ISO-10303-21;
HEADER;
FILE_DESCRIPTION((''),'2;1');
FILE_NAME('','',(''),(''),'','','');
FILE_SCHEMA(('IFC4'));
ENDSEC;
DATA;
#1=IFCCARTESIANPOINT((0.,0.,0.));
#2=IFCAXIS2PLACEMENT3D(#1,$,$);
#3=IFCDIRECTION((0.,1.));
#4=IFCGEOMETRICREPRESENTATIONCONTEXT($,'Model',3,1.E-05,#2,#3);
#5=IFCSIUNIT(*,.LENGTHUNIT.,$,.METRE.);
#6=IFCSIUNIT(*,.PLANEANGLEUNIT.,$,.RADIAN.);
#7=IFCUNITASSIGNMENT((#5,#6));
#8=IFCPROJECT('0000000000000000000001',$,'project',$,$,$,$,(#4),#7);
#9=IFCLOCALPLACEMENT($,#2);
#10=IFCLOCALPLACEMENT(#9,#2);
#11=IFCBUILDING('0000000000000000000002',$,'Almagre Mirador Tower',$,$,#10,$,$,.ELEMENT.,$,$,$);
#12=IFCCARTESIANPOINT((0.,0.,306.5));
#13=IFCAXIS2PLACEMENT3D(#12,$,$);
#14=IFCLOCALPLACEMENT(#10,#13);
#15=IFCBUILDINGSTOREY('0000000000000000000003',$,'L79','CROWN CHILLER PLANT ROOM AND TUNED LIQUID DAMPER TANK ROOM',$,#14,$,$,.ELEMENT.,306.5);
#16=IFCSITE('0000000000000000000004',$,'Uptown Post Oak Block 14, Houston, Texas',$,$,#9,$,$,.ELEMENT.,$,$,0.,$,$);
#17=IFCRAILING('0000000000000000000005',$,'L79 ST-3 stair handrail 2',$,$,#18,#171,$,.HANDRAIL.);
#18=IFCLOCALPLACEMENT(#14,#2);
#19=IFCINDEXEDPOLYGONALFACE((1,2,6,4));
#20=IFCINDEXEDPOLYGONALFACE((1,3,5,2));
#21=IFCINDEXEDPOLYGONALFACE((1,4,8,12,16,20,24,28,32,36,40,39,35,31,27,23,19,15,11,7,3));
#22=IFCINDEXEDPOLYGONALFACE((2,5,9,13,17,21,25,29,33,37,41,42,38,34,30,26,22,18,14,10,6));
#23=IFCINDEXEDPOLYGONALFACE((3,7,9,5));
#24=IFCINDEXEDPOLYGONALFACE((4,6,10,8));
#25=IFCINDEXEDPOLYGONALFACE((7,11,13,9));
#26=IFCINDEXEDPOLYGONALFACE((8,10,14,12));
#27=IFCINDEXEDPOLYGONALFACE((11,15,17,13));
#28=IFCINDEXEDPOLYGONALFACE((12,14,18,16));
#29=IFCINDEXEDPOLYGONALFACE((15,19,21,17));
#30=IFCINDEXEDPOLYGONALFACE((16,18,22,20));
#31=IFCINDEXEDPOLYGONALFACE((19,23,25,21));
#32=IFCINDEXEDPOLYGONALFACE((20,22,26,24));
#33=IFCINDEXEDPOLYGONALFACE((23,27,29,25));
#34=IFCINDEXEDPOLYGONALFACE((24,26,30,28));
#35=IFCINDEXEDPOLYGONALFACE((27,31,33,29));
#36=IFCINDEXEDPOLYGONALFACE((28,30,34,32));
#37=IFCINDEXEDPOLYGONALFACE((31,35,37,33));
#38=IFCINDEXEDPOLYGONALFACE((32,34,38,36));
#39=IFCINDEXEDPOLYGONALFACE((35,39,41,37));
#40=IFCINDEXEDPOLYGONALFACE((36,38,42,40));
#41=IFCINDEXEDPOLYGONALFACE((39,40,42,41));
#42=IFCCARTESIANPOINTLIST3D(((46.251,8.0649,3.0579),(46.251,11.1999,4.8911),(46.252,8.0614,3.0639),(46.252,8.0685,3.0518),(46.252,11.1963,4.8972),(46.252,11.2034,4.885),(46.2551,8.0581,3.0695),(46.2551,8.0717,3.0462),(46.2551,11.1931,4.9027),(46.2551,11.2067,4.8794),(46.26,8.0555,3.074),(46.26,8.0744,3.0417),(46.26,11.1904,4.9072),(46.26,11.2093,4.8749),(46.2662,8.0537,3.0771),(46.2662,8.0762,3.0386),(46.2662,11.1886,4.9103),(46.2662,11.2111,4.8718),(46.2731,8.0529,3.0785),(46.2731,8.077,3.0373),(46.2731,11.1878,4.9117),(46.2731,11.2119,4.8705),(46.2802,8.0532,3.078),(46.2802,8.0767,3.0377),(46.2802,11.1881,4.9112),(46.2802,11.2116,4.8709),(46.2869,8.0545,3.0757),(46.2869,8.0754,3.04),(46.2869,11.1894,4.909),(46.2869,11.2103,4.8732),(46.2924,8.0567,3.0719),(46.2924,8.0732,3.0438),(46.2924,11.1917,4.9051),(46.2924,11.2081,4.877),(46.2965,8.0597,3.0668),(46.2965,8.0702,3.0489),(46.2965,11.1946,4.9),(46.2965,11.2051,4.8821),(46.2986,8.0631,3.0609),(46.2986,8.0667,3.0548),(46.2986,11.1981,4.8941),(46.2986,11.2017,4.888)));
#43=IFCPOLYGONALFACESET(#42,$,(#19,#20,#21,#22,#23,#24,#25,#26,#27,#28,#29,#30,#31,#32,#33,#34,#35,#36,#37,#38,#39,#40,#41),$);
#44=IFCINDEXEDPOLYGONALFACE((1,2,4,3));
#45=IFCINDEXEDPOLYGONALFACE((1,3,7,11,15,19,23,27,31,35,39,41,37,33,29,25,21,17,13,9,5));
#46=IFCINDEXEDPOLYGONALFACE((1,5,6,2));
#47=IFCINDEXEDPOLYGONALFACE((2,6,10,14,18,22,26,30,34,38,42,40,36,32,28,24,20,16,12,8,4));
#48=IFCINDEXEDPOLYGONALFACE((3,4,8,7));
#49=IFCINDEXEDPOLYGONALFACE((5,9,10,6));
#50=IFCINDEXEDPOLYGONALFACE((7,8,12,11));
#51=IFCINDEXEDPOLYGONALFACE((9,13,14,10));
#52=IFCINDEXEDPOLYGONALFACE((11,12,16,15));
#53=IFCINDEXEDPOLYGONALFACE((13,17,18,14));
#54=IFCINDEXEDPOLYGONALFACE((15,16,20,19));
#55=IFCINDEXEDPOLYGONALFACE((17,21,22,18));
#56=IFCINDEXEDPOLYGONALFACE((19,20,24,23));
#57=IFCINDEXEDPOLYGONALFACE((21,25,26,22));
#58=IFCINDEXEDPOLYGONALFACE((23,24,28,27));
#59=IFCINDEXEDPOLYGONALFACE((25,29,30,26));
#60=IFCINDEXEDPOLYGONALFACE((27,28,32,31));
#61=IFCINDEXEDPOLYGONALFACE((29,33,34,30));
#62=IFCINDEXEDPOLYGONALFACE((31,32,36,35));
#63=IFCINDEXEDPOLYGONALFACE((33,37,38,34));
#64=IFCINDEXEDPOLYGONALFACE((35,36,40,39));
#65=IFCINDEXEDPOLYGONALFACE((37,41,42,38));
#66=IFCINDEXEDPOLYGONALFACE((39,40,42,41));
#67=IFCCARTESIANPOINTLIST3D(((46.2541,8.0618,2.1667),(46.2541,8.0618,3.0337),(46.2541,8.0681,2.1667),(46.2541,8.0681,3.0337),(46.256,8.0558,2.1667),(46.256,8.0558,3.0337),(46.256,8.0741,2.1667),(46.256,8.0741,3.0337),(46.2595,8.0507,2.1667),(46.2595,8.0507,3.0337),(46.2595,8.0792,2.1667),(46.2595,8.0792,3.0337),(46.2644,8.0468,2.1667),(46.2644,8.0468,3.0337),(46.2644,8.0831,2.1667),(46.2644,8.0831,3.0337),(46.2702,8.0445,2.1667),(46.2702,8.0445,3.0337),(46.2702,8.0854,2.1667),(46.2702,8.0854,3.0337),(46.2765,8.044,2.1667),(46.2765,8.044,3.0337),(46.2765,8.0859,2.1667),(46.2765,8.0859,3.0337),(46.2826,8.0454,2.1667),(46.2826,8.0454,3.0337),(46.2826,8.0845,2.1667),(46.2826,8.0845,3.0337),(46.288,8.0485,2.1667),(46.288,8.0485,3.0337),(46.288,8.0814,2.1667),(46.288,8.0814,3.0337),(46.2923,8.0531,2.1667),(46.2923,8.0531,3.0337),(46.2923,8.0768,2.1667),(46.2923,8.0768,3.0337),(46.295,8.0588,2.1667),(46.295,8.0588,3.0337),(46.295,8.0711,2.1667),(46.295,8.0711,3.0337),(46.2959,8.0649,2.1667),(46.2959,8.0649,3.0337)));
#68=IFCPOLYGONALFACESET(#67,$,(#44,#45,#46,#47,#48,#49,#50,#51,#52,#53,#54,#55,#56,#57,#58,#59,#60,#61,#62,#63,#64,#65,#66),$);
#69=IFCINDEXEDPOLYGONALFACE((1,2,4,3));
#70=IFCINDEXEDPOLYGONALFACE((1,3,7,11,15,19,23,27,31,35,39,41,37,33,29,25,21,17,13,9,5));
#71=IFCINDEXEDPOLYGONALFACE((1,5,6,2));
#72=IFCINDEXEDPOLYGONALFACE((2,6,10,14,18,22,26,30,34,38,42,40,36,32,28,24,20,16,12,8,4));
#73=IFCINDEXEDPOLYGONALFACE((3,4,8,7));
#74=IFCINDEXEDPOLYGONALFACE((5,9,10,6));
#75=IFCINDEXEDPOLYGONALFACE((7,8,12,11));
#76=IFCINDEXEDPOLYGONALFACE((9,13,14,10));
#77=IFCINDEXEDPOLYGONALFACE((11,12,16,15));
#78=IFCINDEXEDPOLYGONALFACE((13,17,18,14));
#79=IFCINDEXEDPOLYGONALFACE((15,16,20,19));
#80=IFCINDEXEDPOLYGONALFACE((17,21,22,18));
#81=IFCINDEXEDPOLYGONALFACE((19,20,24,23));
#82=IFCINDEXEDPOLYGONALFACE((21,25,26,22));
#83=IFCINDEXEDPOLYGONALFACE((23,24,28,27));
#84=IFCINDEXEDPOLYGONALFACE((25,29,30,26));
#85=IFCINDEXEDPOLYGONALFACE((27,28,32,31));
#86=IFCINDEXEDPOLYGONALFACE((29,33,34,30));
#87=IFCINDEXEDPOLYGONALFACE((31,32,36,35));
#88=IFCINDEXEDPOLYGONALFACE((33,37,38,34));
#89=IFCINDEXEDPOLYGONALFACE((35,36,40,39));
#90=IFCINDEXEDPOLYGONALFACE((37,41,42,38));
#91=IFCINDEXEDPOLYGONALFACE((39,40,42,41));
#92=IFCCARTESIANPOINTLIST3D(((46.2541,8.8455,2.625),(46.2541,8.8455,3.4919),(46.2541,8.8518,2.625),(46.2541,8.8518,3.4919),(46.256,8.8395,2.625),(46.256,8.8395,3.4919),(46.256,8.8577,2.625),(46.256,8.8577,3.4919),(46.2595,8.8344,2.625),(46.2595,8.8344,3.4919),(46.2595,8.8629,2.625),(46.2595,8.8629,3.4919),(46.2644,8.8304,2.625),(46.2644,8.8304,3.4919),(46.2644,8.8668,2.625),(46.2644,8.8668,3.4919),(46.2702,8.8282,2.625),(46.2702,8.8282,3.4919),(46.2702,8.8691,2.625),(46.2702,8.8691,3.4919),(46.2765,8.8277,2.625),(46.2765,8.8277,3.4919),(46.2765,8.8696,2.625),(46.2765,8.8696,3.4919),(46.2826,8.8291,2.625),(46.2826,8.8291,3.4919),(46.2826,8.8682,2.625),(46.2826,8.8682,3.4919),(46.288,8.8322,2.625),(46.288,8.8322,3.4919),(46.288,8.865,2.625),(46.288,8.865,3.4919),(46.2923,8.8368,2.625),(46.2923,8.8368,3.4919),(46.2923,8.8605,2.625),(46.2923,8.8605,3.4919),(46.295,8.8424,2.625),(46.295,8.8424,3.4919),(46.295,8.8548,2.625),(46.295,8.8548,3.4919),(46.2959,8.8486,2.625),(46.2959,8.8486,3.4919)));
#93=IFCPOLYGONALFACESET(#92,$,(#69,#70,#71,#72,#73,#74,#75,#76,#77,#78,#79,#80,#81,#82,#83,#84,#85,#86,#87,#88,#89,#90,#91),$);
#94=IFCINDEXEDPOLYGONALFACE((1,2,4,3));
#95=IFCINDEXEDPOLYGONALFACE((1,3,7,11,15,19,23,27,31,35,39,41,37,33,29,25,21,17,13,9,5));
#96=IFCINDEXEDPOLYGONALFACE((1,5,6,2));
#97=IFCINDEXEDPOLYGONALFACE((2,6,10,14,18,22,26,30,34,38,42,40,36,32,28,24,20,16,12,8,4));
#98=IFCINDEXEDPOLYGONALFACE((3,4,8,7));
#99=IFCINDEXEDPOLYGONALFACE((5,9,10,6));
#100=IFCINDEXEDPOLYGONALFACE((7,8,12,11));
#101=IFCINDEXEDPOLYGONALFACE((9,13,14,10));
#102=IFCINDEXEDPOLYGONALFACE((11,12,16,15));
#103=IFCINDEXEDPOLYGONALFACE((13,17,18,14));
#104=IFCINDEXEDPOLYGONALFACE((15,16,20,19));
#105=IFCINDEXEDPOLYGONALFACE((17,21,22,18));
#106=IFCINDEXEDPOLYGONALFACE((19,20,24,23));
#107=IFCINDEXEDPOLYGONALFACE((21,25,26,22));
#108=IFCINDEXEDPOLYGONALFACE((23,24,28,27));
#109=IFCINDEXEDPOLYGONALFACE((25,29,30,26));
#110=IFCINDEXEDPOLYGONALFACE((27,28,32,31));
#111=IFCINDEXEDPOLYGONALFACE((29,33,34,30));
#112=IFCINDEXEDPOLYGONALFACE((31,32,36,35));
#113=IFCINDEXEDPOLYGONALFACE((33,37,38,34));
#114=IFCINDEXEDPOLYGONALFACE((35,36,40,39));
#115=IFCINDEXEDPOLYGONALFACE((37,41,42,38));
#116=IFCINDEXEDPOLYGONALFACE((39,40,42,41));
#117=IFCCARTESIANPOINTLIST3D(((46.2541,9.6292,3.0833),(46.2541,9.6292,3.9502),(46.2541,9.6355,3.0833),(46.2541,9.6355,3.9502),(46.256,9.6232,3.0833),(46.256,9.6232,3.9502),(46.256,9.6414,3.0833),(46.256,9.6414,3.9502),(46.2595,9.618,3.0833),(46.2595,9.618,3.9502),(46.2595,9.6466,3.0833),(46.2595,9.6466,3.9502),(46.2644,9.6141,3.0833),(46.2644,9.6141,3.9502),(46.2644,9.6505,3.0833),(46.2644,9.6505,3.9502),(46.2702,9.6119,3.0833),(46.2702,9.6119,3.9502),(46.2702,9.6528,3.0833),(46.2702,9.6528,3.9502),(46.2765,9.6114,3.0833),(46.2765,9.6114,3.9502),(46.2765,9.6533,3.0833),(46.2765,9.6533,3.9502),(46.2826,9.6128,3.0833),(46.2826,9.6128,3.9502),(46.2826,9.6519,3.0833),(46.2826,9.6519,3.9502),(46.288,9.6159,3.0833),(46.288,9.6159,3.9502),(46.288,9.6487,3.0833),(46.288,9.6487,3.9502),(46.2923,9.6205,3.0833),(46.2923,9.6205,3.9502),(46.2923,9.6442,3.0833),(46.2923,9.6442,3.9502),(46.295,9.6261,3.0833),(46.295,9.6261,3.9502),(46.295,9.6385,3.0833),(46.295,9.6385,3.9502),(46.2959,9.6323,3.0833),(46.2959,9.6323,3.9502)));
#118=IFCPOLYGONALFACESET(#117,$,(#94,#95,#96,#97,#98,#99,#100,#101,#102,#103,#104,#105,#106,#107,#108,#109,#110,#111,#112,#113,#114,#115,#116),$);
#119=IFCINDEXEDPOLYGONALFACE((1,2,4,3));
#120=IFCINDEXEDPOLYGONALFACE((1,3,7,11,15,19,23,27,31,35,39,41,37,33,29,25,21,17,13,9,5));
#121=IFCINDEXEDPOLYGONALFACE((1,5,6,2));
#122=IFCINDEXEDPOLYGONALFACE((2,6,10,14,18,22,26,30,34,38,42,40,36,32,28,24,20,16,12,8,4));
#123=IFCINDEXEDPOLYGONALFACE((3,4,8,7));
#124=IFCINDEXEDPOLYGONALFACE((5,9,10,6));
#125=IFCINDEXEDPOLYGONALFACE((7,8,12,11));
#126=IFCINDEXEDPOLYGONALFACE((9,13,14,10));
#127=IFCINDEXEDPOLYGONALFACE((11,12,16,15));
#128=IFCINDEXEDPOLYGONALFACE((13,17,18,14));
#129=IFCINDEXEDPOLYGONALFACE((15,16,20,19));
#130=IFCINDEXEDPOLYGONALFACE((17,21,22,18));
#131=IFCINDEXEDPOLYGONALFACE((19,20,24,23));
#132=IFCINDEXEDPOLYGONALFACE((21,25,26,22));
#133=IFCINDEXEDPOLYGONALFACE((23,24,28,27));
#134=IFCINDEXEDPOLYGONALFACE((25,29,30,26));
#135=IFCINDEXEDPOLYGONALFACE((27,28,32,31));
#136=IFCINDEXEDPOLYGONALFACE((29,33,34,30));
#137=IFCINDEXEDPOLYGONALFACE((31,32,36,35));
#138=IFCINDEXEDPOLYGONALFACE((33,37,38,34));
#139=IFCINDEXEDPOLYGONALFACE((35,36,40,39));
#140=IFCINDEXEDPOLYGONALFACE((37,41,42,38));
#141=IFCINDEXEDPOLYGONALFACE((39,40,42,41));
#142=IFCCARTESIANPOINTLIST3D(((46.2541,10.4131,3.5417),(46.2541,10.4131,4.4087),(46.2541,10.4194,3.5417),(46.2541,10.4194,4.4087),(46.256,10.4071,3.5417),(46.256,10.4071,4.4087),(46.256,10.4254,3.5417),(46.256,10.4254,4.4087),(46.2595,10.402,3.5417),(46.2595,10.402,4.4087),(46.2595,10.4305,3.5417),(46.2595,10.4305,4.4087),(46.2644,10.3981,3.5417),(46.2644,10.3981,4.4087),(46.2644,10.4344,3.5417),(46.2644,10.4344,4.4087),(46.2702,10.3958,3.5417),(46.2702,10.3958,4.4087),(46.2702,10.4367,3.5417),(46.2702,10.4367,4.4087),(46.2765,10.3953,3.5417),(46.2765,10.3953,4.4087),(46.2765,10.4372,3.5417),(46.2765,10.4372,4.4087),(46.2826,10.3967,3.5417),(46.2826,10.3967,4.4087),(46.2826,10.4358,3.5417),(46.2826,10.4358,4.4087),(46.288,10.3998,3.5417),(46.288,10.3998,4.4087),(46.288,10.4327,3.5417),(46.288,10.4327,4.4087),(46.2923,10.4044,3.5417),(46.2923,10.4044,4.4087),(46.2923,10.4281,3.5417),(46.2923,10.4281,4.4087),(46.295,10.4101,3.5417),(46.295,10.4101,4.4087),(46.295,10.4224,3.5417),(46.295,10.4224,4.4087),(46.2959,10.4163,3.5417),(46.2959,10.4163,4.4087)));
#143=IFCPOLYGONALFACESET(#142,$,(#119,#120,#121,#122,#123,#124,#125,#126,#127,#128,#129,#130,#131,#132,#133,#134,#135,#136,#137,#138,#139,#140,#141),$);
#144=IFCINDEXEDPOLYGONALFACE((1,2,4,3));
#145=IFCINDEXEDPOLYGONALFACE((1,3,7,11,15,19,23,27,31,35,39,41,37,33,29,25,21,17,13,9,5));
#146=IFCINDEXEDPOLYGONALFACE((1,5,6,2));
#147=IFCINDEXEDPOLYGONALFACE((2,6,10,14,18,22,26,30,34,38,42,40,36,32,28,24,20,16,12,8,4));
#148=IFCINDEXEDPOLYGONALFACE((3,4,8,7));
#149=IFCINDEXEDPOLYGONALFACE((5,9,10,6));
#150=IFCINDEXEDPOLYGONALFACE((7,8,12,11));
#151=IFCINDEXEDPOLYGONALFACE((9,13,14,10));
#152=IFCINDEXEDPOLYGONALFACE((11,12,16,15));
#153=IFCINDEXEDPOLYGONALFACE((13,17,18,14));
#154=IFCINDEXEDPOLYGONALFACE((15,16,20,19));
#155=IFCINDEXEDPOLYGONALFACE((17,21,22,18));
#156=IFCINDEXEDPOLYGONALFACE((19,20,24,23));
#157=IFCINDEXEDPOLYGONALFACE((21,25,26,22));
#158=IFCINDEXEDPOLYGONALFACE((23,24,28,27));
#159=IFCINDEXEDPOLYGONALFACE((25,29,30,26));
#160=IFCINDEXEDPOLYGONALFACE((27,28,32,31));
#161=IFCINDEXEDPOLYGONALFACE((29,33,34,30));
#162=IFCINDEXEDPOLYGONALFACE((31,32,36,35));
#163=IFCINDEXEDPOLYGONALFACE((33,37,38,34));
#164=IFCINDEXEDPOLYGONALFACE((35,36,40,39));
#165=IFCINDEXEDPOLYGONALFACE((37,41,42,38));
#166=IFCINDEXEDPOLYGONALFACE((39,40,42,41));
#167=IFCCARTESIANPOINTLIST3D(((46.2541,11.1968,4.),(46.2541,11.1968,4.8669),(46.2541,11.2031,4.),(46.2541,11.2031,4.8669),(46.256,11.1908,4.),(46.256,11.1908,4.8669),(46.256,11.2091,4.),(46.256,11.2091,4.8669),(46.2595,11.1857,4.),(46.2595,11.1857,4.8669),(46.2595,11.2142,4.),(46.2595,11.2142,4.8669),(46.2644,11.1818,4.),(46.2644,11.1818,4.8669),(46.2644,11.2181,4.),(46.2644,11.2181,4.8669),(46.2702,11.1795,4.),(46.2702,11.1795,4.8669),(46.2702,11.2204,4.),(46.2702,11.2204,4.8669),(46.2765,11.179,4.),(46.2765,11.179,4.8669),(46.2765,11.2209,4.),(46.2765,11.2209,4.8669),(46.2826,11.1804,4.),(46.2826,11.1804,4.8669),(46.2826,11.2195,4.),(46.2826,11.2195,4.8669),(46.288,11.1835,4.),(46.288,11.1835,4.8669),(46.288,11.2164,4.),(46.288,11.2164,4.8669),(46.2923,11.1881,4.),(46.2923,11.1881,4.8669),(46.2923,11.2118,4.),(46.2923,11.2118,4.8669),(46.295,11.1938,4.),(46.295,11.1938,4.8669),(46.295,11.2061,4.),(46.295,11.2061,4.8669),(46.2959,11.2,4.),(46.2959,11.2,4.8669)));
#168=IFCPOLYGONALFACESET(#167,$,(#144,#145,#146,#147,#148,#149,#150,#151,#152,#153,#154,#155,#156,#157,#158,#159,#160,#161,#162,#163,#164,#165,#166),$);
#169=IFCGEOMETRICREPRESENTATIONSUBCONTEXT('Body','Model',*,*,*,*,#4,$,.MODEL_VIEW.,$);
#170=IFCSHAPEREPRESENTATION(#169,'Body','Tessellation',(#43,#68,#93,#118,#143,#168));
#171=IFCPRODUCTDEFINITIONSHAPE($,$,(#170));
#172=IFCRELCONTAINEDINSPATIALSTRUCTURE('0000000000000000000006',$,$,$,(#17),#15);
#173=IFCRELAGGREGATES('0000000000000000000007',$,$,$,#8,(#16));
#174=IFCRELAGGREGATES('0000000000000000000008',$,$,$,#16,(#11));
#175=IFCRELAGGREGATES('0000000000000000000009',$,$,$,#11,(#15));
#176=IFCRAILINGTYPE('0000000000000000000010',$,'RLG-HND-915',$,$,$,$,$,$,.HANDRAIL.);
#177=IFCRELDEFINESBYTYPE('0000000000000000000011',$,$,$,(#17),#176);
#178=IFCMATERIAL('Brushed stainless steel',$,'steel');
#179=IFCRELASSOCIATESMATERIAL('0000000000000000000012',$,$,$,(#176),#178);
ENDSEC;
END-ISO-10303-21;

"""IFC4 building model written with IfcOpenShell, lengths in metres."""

from ifc_helpers import new_model, si_unit, direction, frame, origin, origin_2d, place, context, subcontext, project, spatial, circle, extrude, material, type_object, element, save


model = new_model("IFC4")

# Units and contexts
model_context = context("Model", 3, precision=1e-05, world=origin(), true_north=direction((0.0, 1.0)))
body_context = subcontext(model_context, "Body", "Model", "MODEL_VIEW")
ifc_project = project(units=[si_unit("LENGTHUNIT", "METRE"), si_unit("PLANEANGLEUNIT", "RADIAN")], contexts=[model_context])

# Site, building, storey
site_placement = place(None, origin())
site = spatial("IfcSite", under=ifc_project, at=site_placement, Name="Uptown Post Oak Block 14, Houston, Texas", CompositionType="ELEMENT", RefElevation=0.0)
building_placement = place(site_placement, origin())
building = spatial("IfcBuilding", under=site, at=building_placement, Name="Almagre Mirador Tower", CompositionType="ELEMENT")
storey_placement = place(building_placement, frame((0.0, 0.0, 306.5)))
storey = spatial("IfcBuildingStorey", under=building, at=storey_placement, Name="L79", Description="CROWN CHILLER PLANT ROOM AND TUNED LIQUID DAMPER TANK ROOM", CompositionType="ELEMENT", Elevation=306.5)

# Railing
ifc_material_1 = material(Name="Brushed stainless steel", Category="steel")
railing_type_1 = type_object("IfcRailingType", Name="RLG-HND-915", PredefinedType="HANDRAIL", material=ifc_material_1)
railing_1_placement = place(storey_placement, frame((46.2749, 8.0649, 2.1667)))
element("IfcRailing", 1, at=railing_1_placement, inside=storey, type_object=railing_type_1, Name="L79 ST-3 stair handrail 2", PredefinedType="HANDRAIL", context=body_context, shape_type="SweptSolid", body=[
    extrude(circle(Radius=0.0239, at=origin_2d()), frame((0.0, 0.0, 0.8911), z_axis=(0.0, 0.86324, 0.504794), x_axis=(-1.0, 0.0, 0.0)), (0.0, 0.0, 1.0), 3.6316),
    extrude(circle(Radius=0.021, at=origin_2d()), origin(), (0.0, 0.0, 1.0), 0.8669),
    extrude(circle(Radius=0.021, at=origin_2d()), frame((0.0, 0.7837, 0.4583)), (0.0, 0.0, 1.0), 0.8669),
    extrude(circle(Radius=0.021, at=origin_2d()), frame((0.0, 1.5674, 0.9165)), (0.0, 0.0, 1.0), 0.8669),
    extrude(circle(Radius=0.021, at=origin_2d()), frame((0.0, 2.3513, 1.375)), (0.0, 0.0, 1.0), 0.8669),
    extrude(circle(Radius=0.021, at=origin_2d()), frame((0.0, 3.135, 1.8333)), (0.0, 0.0, 1.0), 0.8669),
])

save(model, "model.ifc")
